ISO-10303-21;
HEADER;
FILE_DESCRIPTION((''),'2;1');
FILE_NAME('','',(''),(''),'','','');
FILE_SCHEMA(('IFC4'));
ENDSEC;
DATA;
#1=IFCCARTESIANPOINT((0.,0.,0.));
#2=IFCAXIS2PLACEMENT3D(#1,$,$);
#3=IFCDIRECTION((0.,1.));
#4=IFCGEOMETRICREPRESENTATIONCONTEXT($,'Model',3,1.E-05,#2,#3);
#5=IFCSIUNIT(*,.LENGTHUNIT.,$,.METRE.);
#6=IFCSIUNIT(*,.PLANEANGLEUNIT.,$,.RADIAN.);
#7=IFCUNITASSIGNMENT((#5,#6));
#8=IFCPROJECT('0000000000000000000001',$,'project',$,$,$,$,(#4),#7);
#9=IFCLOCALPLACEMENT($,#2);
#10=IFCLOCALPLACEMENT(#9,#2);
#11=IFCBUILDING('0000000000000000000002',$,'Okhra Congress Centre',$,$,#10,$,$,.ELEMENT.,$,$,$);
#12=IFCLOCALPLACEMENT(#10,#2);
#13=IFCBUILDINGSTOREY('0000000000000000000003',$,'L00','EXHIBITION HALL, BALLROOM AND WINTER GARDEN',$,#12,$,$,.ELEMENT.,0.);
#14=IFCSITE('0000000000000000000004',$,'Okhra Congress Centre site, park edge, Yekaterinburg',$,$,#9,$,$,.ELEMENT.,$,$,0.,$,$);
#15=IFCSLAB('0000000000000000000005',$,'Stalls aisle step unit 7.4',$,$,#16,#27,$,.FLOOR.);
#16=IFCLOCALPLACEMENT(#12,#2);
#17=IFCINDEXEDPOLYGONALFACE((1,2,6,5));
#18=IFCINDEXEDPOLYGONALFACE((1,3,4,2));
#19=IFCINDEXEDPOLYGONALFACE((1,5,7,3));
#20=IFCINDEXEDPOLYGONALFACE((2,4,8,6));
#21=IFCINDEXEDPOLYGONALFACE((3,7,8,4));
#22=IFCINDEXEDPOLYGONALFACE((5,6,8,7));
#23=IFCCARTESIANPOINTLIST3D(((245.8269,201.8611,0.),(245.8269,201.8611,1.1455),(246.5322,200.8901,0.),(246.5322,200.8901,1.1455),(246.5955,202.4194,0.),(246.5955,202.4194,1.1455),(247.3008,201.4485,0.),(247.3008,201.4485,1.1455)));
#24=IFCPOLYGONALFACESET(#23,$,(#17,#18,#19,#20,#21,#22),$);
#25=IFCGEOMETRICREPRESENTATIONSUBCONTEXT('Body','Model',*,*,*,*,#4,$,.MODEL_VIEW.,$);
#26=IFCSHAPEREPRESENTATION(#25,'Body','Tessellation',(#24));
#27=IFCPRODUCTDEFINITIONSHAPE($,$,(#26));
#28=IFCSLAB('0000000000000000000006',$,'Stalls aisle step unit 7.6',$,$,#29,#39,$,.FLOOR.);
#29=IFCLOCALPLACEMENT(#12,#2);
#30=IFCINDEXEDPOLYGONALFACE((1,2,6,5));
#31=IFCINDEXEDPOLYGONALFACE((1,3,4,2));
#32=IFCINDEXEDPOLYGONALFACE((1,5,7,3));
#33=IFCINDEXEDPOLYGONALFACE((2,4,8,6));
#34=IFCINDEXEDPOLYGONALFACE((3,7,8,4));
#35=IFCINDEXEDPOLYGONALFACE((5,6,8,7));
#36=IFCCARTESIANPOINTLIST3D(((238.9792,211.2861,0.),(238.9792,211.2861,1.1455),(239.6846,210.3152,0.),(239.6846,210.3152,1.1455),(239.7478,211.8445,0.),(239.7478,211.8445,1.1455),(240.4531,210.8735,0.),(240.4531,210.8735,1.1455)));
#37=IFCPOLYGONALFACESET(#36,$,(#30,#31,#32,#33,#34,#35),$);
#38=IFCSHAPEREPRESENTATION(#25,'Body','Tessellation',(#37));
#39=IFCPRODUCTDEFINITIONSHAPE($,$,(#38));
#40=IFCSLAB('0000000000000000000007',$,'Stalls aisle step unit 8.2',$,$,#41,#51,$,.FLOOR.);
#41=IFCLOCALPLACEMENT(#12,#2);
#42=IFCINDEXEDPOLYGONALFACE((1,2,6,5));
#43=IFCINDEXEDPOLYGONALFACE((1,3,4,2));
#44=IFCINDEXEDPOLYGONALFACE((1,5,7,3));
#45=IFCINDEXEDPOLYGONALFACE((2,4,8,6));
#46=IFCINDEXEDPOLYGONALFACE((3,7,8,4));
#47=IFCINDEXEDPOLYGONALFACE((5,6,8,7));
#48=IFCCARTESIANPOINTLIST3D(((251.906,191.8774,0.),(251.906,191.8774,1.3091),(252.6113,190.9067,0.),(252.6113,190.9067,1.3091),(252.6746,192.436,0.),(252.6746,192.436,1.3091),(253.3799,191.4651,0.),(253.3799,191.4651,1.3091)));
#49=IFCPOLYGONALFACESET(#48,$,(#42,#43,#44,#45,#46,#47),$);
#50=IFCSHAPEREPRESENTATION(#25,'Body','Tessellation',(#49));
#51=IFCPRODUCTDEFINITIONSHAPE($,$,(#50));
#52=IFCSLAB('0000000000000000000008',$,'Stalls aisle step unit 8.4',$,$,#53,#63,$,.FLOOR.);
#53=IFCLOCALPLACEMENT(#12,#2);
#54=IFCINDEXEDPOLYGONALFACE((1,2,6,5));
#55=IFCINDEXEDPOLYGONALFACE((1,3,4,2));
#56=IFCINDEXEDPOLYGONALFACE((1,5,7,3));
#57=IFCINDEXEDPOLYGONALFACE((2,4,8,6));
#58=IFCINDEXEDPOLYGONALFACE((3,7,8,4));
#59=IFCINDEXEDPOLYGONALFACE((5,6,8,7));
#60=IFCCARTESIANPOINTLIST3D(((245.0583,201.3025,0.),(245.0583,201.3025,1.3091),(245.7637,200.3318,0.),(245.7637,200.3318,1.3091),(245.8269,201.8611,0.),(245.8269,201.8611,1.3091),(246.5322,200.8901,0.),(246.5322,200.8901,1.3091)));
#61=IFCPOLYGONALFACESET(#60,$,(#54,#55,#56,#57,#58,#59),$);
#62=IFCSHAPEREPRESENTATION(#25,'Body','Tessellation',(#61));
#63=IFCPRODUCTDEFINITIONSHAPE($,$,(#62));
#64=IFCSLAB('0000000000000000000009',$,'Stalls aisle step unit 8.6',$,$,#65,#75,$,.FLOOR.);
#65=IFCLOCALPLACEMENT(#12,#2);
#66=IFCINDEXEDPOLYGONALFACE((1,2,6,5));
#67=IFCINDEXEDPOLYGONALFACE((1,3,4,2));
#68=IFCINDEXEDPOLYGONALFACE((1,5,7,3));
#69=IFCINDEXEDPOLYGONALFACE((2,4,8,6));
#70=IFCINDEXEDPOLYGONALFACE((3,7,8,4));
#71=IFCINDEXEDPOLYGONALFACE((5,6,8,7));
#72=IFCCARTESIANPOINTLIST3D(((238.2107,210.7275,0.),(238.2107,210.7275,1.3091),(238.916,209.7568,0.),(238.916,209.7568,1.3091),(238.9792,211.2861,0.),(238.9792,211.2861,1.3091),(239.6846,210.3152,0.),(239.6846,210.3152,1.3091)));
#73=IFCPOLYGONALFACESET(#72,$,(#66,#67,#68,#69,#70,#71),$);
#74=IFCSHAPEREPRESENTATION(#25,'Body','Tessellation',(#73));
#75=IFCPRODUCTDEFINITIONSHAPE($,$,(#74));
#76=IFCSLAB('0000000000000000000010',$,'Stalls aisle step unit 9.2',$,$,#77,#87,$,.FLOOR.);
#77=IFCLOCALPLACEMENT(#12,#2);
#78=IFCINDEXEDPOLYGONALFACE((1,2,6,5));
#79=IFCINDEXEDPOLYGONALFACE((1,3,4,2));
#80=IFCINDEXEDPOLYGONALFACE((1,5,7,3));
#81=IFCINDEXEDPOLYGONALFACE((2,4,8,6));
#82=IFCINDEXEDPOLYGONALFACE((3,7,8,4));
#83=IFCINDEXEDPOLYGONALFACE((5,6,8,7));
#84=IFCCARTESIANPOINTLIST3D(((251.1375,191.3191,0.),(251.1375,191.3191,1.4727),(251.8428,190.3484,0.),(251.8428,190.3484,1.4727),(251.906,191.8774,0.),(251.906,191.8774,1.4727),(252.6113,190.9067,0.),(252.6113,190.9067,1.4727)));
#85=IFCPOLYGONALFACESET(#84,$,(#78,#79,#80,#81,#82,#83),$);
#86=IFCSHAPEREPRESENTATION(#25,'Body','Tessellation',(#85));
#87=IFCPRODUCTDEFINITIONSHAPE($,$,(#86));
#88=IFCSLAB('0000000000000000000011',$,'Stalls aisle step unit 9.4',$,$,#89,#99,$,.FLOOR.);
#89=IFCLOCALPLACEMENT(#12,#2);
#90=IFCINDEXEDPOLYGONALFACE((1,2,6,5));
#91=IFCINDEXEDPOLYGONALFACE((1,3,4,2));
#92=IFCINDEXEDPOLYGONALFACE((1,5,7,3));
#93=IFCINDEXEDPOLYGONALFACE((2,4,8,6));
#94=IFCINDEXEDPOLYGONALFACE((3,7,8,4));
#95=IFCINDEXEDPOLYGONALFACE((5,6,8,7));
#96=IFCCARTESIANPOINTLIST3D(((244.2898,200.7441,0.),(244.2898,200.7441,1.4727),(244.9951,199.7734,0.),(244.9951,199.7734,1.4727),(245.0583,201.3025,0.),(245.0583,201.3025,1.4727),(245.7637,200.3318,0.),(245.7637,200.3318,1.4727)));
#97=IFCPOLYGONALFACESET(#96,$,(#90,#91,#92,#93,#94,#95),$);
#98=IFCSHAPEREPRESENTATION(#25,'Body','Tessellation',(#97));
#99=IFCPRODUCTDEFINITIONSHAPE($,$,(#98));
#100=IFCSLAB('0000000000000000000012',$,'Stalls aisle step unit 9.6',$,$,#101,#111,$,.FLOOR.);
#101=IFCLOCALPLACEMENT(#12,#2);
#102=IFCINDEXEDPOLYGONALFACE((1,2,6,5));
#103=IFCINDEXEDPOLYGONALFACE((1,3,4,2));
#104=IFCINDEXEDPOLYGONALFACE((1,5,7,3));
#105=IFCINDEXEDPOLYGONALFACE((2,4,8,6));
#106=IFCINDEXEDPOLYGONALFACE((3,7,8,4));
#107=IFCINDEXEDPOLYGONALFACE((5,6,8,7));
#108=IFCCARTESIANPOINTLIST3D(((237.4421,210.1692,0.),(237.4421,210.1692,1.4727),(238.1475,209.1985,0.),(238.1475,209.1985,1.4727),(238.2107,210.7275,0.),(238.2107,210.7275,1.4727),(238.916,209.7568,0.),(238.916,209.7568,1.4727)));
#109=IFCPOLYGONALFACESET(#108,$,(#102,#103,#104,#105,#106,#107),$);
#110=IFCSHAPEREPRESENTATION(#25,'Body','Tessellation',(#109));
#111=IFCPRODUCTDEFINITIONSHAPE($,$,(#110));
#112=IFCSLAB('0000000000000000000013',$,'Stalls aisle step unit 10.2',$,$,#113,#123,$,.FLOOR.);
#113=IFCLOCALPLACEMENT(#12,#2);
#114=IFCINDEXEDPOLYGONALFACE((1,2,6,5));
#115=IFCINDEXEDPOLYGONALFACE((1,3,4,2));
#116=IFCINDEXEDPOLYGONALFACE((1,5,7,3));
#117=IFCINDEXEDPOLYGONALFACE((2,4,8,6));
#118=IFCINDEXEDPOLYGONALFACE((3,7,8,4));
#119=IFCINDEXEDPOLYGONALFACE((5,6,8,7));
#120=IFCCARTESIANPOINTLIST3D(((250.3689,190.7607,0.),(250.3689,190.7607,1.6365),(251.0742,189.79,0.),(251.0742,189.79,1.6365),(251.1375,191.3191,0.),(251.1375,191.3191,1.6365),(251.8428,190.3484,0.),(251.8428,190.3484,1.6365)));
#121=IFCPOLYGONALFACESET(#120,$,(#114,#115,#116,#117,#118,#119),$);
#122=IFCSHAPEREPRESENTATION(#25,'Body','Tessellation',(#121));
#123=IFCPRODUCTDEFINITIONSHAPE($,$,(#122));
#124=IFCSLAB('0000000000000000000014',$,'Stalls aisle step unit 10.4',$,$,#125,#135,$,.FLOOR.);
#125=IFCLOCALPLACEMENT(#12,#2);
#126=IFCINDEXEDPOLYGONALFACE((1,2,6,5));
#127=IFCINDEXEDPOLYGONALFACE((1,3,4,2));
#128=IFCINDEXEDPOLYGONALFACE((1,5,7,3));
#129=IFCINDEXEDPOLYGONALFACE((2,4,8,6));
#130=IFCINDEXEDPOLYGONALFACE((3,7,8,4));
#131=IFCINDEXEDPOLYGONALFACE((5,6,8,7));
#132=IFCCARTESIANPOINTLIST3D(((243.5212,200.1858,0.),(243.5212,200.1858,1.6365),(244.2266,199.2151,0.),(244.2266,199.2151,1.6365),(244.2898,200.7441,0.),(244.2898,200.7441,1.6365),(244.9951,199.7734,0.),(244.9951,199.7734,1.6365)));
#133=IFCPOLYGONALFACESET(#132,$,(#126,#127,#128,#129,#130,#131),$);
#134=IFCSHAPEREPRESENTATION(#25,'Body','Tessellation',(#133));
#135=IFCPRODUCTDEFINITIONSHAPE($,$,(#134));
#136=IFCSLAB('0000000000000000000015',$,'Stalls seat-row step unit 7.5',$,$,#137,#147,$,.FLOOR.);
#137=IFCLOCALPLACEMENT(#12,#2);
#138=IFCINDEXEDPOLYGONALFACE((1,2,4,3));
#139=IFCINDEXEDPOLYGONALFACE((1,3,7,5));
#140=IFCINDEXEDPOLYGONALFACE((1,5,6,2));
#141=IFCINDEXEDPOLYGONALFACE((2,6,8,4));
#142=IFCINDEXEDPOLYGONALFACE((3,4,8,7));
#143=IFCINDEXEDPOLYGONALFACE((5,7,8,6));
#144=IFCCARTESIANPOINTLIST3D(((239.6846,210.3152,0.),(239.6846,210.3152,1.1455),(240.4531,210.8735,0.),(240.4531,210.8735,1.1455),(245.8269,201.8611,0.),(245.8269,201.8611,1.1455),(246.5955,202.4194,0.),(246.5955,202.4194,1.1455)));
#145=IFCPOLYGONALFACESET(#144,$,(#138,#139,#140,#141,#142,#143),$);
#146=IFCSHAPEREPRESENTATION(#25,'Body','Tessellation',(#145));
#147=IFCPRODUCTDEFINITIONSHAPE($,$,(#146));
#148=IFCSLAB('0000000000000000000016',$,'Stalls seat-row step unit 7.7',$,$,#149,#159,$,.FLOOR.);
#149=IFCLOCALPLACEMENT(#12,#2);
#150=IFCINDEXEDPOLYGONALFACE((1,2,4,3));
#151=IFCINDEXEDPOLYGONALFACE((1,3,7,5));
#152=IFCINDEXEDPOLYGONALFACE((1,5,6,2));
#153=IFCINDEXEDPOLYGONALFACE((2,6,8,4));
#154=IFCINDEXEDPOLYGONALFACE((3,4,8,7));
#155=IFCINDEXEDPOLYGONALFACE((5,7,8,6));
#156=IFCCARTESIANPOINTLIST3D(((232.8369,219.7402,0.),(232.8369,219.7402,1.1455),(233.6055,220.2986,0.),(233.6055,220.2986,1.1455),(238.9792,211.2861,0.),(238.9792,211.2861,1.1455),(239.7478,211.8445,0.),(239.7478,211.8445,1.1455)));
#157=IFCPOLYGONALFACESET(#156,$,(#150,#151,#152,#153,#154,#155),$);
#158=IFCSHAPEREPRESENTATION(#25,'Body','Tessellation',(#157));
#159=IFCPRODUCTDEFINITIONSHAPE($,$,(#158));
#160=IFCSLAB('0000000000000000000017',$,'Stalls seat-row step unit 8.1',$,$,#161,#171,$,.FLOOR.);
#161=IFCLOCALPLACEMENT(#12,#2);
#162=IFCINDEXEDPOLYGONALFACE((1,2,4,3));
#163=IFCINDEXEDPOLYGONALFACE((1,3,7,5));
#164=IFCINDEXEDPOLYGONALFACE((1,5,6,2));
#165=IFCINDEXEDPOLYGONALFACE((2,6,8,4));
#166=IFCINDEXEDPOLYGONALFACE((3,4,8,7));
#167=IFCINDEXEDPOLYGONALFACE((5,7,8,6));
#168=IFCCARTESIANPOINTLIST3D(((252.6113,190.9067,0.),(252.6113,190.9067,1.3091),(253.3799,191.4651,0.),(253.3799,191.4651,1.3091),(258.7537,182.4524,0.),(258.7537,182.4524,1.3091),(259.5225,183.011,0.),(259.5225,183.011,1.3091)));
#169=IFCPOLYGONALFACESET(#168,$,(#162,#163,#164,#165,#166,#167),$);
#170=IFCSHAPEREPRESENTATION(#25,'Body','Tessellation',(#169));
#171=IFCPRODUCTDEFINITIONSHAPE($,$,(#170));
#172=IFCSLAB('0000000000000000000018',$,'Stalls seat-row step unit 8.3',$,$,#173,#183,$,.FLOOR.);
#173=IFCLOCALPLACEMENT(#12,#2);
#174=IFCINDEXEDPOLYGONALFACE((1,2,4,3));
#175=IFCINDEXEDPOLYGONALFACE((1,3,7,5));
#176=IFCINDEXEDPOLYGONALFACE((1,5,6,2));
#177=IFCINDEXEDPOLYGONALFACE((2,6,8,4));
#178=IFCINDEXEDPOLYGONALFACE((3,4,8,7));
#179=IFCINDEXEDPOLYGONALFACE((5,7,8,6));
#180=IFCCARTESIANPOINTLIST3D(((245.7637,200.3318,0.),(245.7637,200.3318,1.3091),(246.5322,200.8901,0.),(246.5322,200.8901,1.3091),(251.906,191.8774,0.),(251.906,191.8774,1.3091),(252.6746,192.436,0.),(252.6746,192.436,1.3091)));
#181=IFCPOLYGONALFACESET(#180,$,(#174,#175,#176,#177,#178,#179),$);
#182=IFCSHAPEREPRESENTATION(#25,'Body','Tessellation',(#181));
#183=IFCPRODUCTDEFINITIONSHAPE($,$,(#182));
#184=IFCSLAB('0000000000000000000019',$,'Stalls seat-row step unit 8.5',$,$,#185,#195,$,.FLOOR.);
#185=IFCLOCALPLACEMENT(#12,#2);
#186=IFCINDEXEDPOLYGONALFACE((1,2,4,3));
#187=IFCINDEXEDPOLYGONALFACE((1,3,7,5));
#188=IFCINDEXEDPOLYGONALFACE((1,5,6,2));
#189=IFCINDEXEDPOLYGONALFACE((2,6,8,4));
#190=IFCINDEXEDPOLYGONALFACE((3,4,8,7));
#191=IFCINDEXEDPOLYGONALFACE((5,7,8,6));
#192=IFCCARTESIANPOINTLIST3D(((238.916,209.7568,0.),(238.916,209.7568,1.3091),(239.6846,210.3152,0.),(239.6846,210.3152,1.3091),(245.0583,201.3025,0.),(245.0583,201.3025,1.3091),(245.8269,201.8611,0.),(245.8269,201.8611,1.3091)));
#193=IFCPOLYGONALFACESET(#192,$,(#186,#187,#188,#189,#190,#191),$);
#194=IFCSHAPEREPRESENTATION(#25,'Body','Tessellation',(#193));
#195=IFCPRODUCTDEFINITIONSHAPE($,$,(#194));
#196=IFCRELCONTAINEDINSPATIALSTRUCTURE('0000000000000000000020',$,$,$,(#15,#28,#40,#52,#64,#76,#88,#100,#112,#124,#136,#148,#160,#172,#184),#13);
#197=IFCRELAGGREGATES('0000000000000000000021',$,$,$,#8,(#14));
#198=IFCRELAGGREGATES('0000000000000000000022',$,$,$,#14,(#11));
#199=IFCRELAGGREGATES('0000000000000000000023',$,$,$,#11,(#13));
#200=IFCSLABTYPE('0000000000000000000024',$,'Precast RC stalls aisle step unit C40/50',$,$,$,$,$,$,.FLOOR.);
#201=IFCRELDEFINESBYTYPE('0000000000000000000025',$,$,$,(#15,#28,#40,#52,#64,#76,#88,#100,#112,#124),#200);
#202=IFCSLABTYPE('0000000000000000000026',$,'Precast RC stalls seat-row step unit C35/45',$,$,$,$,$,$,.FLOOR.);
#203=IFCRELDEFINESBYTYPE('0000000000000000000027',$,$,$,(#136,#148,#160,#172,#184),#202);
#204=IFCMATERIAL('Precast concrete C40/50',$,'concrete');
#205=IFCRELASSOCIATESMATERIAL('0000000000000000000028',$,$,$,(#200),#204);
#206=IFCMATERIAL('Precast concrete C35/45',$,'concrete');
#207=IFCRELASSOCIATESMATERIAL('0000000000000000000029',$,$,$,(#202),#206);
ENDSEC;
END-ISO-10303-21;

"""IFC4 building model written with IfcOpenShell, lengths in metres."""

from ifc_helpers import new_model, si_unit, direction, origin, place, context, subcontext, project, spatial, polyline, outline, extrude, material, type_object, element, save


model = new_model("IFC4")

# Units and contexts
model_context = context("Model", 3, precision=1e-05, world=origin(), true_north=direction((0.0, 1.0)))
body_context = subcontext(model_context, "Body", "Model", "MODEL_VIEW")
ifc_project = project(units=[si_unit("LENGTHUNIT", "METRE"), si_unit("PLANEANGLEUNIT", "RADIAN")], contexts=[model_context])

# Site, building, storey
site_placement = place(None, origin())
site = spatial("IfcSite", under=ifc_project, at=site_placement, Name="Okhra Congress Centre site, park edge, Yekaterinburg", CompositionType="ELEMENT", RefElevation=0.0)
building_placement = place(site_placement, origin())
building = spatial("IfcBuilding", under=site, at=building_placement, Name="Okhra Congress Centre", CompositionType="ELEMENT")
storey_placement = place(building_placement, origin())
storey = spatial("IfcBuildingStorey", under=building, at=storey_placement, Name="L00", Description="EXHIBITION HALL, BALLROOM AND WINTER GARDEN", CompositionType="ELEMENT", Elevation=0.0)

# Slabs
ifc_material_1 = material(Name="Precast concrete C40/50", Category="concrete")
slab_type_1 = type_object("IfcSlabType", Name="Precast RC stalls aisle step unit C40/50", PredefinedType="FLOOR", material=ifc_material_1)
slab_1_placement = place(storey_placement, origin())
element("IfcSlab", 1, at=slab_1_placement, inside=storey, type_object=slab_type_1, Name="Stalls aisle step unit 7.4", PredefinedType="FLOOR", context=body_context, shape_type="SweptSolid", body=[
    extrude(outline(polyline([(246.5322, 200.8901), (247.3008, 201.4485), (246.5955, 202.4194), (245.8269, 201.8611), (246.5322, 200.8901)])), origin(), (0.0, 0.0, 1.0), 1.1455),
])
slab_2_placement = place(storey_placement, origin())
element("IfcSlab", 2, at=slab_2_placement, inside=storey, type_object=slab_type_1, Name="Stalls aisle step unit 7.6", PredefinedType="FLOOR", context=body_context, shape_type="SweptSolid", body=[
    extrude(outline(polyline([(239.6846, 210.3152), (240.4531, 210.8735), (239.7478, 211.8445), (238.9792, 211.2861), (239.6846, 210.3152)])), origin(), (0.0, 0.0, 1.0), 1.1455),
])
slab_3_placement = place(storey_placement, origin())
element("IfcSlab", 3, at=slab_3_placement, inside=storey, type_object=slab_type_1, Name="Stalls aisle step unit 8.2", PredefinedType="FLOOR", context=body_context, shape_type="SweptSolid", body=[
    extrude(outline(polyline([(252.6113, 190.9067), (253.3799, 191.4651), (252.6746, 192.436), (251.906, 191.8774), (252.6113, 190.9067)])), origin(), (0.0, 0.0, 1.0), 1.3091),
])
slab_4_placement = place(storey_placement, origin())
element("IfcSlab", 4, at=slab_4_placement, inside=storey, type_object=slab_type_1, Name="Stalls aisle step unit 8.4", PredefinedType="FLOOR", context=body_context, shape_type="SweptSolid", body=[
    extrude(outline(polyline([(245.7637, 200.3318), (246.5322, 200.8901), (245.8269, 201.8611), (245.0583, 201.3025), (245.7637, 200.3318)])), origin(), (0.0, 0.0, 1.0), 1.3091),
])
slab_5_placement = place(storey_placement, origin())
element("IfcSlab", 5, at=slab_5_placement, inside=storey, type_object=slab_type_1, Name="Stalls aisle step unit 8.6", PredefinedType="FLOOR", context=body_context, shape_type="SweptSolid", body=[
    extrude(outline(polyline([(238.916, 209.7568), (239.6846, 210.3152), (238.9792, 211.2861), (238.2107, 210.7275), (238.916, 209.7568)])), origin(), (0.0, 0.0, 1.0), 1.3091),
])
slab_6_placement = place(storey_placement, origin())
element("IfcSlab", 6, at=slab_6_placement, inside=storey, type_object=slab_type_1, Name="Stalls aisle step unit 9.2", PredefinedType="FLOOR", context=body_context, shape_type="SweptSolid", body=[
    extrude(outline(polyline([(251.8428, 190.3484), (252.6113, 190.9067), (251.906, 191.8774), (251.1375, 191.3191), (251.8428, 190.3484)])), origin(), (0.0, 0.0, 1.0), 1.4727),
])
slab_7_placement = place(storey_placement, origin())
element("IfcSlab", 7, at=slab_7_placement, inside=storey, type_object=slab_type_1, Name="Stalls aisle step unit 9.4", PredefinedType="FLOOR", context=body_context, shape_type="SweptSolid", body=[
    extrude(outline(polyline([(244.9951, 199.7734), (245.7637, 200.3318), (245.0583, 201.3025), (244.2898, 200.7441), (244.9951, 199.7734)])), origin(), (0.0, 0.0, 1.0), 1.4727),
])
slab_8_placement = place(storey_placement, origin())
element("IfcSlab", 8, at=slab_8_placement, inside=storey, type_object=slab_type_1, Name="Stalls aisle step unit 9.6", PredefinedType="FLOOR", context=body_context, shape_type="SweptSolid", body=[
    extrude(outline(polyline([(238.1475, 209.1985), (238.916, 209.7568), (238.2107, 210.7275), (237.4421, 210.1692), (238.1475, 209.1985)])), origin(), (0.0, 0.0, 1.0), 1.4727),
])
slab_9_placement = place(storey_placement, origin())
element("IfcSlab", 9, at=slab_9_placement, inside=storey, type_object=slab_type_1, Name="Stalls aisle step unit 10.2", PredefinedType="FLOOR", context=body_context, shape_type="SweptSolid", body=[
    extrude(outline(polyline([(251.0742, 189.79), (251.8428, 190.3484), (251.1375, 191.3191), (250.3689, 190.7607), (251.0742, 189.79)])), origin(), (0.0, 0.0, 1.0), 1.6365),
])
slab_10_placement = place(storey_placement, origin())
element("IfcSlab", 10, at=slab_10_placement, inside=storey, type_object=slab_type_1, Name="Stalls aisle step unit 10.4", PredefinedType="FLOOR", context=body_context, shape_type="SweptSolid", body=[
    extrude(outline(polyline([(244.2266, 199.2151), (244.9951, 199.7734), (244.2898, 200.7441), (243.5212, 200.1858), (244.2266, 199.2151)])), origin(), (0.0, 0.0, 1.0), 1.6365),
])
ifc_material_2 = material(Name="Precast concrete C35/45", Category="concrete")
slab_type_2 = type_object("IfcSlabType", Name="Precast RC stalls seat-row step unit C35/45", PredefinedType="FLOOR", material=ifc_material_2)
slab_11_placement = place(storey_placement, origin())
element("IfcSlab", 11, at=slab_11_placement, inside=storey, type_object=slab_type_2, Name="Stalls seat-row step unit 7.5", PredefinedType="FLOOR", context=body_context, shape_type="SweptSolid", body=[
    extrude(outline(polyline([(245.8269, 201.8611), (246.5955, 202.4194), (240.4531, 210.8735), (239.6846, 210.3152), (245.8269, 201.8611)])), origin(), (0.0, 0.0, 1.0), 1.1455),
])
slab_12_placement = place(storey_placement, origin())
element("IfcSlab", 12, at=slab_12_placement, inside=storey, type_object=slab_type_2, Name="Stalls seat-row step unit 7.7", PredefinedType="FLOOR", context=body_context, shape_type="SweptSolid", body=[
    extrude(outline(polyline([(238.9792, 211.2861), (239.7478, 211.8445), (233.6055, 220.2986), (232.8369, 219.7402), (238.9792, 211.2861)])), origin(), (0.0, 0.0, 1.0), 1.1455),
])
slab_13_placement = place(storey_placement, origin())
element("IfcSlab", 13, at=slab_13_placement, inside=storey, type_object=slab_type_2, Name="Stalls seat-row step unit 8.1", PredefinedType="FLOOR", context=body_context, shape_type="SweptSolid", body=[
    extrude(outline(polyline([(258.7537, 182.4524), (259.5225, 183.011), (253.3799, 191.4651), (252.6113, 190.9067), (258.7537, 182.4524)])), origin(), (0.0, 0.0, 1.0), 1.3091),
])
slab_14_placement = place(storey_placement, origin())
element("IfcSlab", 14, at=slab_14_placement, inside=storey, type_object=slab_type_2, Name="Stalls seat-row step unit 8.3", PredefinedType="FLOOR", context=body_context, shape_type="SweptSolid", body=[
    extrude(outline(polyline([(251.906, 191.8774), (252.6746, 192.436), (246.5322, 200.8901), (245.7637, 200.3318), (251.906, 191.8774)])), origin(), (0.0, 0.0, 1.0), 1.3091),
])
slab_15_placement = place(storey_placement, origin())
element("IfcSlab", 15, at=slab_15_placement, inside=storey, type_object=slab_type_2, Name="Stalls seat-row step unit 8.5", PredefinedType="FLOOR", context=body_context, shape_type="SweptSolid", body=[
    extrude(outline(polyline([(245.0583, 201.3025), (245.8269, 201.8611), (239.6846, 210.3152), (238.916, 209.7568), (245.0583, 201.3025)])), origin(), (0.0, 0.0, 1.0), 1.3091),
])

save(model, "model.ifc")
